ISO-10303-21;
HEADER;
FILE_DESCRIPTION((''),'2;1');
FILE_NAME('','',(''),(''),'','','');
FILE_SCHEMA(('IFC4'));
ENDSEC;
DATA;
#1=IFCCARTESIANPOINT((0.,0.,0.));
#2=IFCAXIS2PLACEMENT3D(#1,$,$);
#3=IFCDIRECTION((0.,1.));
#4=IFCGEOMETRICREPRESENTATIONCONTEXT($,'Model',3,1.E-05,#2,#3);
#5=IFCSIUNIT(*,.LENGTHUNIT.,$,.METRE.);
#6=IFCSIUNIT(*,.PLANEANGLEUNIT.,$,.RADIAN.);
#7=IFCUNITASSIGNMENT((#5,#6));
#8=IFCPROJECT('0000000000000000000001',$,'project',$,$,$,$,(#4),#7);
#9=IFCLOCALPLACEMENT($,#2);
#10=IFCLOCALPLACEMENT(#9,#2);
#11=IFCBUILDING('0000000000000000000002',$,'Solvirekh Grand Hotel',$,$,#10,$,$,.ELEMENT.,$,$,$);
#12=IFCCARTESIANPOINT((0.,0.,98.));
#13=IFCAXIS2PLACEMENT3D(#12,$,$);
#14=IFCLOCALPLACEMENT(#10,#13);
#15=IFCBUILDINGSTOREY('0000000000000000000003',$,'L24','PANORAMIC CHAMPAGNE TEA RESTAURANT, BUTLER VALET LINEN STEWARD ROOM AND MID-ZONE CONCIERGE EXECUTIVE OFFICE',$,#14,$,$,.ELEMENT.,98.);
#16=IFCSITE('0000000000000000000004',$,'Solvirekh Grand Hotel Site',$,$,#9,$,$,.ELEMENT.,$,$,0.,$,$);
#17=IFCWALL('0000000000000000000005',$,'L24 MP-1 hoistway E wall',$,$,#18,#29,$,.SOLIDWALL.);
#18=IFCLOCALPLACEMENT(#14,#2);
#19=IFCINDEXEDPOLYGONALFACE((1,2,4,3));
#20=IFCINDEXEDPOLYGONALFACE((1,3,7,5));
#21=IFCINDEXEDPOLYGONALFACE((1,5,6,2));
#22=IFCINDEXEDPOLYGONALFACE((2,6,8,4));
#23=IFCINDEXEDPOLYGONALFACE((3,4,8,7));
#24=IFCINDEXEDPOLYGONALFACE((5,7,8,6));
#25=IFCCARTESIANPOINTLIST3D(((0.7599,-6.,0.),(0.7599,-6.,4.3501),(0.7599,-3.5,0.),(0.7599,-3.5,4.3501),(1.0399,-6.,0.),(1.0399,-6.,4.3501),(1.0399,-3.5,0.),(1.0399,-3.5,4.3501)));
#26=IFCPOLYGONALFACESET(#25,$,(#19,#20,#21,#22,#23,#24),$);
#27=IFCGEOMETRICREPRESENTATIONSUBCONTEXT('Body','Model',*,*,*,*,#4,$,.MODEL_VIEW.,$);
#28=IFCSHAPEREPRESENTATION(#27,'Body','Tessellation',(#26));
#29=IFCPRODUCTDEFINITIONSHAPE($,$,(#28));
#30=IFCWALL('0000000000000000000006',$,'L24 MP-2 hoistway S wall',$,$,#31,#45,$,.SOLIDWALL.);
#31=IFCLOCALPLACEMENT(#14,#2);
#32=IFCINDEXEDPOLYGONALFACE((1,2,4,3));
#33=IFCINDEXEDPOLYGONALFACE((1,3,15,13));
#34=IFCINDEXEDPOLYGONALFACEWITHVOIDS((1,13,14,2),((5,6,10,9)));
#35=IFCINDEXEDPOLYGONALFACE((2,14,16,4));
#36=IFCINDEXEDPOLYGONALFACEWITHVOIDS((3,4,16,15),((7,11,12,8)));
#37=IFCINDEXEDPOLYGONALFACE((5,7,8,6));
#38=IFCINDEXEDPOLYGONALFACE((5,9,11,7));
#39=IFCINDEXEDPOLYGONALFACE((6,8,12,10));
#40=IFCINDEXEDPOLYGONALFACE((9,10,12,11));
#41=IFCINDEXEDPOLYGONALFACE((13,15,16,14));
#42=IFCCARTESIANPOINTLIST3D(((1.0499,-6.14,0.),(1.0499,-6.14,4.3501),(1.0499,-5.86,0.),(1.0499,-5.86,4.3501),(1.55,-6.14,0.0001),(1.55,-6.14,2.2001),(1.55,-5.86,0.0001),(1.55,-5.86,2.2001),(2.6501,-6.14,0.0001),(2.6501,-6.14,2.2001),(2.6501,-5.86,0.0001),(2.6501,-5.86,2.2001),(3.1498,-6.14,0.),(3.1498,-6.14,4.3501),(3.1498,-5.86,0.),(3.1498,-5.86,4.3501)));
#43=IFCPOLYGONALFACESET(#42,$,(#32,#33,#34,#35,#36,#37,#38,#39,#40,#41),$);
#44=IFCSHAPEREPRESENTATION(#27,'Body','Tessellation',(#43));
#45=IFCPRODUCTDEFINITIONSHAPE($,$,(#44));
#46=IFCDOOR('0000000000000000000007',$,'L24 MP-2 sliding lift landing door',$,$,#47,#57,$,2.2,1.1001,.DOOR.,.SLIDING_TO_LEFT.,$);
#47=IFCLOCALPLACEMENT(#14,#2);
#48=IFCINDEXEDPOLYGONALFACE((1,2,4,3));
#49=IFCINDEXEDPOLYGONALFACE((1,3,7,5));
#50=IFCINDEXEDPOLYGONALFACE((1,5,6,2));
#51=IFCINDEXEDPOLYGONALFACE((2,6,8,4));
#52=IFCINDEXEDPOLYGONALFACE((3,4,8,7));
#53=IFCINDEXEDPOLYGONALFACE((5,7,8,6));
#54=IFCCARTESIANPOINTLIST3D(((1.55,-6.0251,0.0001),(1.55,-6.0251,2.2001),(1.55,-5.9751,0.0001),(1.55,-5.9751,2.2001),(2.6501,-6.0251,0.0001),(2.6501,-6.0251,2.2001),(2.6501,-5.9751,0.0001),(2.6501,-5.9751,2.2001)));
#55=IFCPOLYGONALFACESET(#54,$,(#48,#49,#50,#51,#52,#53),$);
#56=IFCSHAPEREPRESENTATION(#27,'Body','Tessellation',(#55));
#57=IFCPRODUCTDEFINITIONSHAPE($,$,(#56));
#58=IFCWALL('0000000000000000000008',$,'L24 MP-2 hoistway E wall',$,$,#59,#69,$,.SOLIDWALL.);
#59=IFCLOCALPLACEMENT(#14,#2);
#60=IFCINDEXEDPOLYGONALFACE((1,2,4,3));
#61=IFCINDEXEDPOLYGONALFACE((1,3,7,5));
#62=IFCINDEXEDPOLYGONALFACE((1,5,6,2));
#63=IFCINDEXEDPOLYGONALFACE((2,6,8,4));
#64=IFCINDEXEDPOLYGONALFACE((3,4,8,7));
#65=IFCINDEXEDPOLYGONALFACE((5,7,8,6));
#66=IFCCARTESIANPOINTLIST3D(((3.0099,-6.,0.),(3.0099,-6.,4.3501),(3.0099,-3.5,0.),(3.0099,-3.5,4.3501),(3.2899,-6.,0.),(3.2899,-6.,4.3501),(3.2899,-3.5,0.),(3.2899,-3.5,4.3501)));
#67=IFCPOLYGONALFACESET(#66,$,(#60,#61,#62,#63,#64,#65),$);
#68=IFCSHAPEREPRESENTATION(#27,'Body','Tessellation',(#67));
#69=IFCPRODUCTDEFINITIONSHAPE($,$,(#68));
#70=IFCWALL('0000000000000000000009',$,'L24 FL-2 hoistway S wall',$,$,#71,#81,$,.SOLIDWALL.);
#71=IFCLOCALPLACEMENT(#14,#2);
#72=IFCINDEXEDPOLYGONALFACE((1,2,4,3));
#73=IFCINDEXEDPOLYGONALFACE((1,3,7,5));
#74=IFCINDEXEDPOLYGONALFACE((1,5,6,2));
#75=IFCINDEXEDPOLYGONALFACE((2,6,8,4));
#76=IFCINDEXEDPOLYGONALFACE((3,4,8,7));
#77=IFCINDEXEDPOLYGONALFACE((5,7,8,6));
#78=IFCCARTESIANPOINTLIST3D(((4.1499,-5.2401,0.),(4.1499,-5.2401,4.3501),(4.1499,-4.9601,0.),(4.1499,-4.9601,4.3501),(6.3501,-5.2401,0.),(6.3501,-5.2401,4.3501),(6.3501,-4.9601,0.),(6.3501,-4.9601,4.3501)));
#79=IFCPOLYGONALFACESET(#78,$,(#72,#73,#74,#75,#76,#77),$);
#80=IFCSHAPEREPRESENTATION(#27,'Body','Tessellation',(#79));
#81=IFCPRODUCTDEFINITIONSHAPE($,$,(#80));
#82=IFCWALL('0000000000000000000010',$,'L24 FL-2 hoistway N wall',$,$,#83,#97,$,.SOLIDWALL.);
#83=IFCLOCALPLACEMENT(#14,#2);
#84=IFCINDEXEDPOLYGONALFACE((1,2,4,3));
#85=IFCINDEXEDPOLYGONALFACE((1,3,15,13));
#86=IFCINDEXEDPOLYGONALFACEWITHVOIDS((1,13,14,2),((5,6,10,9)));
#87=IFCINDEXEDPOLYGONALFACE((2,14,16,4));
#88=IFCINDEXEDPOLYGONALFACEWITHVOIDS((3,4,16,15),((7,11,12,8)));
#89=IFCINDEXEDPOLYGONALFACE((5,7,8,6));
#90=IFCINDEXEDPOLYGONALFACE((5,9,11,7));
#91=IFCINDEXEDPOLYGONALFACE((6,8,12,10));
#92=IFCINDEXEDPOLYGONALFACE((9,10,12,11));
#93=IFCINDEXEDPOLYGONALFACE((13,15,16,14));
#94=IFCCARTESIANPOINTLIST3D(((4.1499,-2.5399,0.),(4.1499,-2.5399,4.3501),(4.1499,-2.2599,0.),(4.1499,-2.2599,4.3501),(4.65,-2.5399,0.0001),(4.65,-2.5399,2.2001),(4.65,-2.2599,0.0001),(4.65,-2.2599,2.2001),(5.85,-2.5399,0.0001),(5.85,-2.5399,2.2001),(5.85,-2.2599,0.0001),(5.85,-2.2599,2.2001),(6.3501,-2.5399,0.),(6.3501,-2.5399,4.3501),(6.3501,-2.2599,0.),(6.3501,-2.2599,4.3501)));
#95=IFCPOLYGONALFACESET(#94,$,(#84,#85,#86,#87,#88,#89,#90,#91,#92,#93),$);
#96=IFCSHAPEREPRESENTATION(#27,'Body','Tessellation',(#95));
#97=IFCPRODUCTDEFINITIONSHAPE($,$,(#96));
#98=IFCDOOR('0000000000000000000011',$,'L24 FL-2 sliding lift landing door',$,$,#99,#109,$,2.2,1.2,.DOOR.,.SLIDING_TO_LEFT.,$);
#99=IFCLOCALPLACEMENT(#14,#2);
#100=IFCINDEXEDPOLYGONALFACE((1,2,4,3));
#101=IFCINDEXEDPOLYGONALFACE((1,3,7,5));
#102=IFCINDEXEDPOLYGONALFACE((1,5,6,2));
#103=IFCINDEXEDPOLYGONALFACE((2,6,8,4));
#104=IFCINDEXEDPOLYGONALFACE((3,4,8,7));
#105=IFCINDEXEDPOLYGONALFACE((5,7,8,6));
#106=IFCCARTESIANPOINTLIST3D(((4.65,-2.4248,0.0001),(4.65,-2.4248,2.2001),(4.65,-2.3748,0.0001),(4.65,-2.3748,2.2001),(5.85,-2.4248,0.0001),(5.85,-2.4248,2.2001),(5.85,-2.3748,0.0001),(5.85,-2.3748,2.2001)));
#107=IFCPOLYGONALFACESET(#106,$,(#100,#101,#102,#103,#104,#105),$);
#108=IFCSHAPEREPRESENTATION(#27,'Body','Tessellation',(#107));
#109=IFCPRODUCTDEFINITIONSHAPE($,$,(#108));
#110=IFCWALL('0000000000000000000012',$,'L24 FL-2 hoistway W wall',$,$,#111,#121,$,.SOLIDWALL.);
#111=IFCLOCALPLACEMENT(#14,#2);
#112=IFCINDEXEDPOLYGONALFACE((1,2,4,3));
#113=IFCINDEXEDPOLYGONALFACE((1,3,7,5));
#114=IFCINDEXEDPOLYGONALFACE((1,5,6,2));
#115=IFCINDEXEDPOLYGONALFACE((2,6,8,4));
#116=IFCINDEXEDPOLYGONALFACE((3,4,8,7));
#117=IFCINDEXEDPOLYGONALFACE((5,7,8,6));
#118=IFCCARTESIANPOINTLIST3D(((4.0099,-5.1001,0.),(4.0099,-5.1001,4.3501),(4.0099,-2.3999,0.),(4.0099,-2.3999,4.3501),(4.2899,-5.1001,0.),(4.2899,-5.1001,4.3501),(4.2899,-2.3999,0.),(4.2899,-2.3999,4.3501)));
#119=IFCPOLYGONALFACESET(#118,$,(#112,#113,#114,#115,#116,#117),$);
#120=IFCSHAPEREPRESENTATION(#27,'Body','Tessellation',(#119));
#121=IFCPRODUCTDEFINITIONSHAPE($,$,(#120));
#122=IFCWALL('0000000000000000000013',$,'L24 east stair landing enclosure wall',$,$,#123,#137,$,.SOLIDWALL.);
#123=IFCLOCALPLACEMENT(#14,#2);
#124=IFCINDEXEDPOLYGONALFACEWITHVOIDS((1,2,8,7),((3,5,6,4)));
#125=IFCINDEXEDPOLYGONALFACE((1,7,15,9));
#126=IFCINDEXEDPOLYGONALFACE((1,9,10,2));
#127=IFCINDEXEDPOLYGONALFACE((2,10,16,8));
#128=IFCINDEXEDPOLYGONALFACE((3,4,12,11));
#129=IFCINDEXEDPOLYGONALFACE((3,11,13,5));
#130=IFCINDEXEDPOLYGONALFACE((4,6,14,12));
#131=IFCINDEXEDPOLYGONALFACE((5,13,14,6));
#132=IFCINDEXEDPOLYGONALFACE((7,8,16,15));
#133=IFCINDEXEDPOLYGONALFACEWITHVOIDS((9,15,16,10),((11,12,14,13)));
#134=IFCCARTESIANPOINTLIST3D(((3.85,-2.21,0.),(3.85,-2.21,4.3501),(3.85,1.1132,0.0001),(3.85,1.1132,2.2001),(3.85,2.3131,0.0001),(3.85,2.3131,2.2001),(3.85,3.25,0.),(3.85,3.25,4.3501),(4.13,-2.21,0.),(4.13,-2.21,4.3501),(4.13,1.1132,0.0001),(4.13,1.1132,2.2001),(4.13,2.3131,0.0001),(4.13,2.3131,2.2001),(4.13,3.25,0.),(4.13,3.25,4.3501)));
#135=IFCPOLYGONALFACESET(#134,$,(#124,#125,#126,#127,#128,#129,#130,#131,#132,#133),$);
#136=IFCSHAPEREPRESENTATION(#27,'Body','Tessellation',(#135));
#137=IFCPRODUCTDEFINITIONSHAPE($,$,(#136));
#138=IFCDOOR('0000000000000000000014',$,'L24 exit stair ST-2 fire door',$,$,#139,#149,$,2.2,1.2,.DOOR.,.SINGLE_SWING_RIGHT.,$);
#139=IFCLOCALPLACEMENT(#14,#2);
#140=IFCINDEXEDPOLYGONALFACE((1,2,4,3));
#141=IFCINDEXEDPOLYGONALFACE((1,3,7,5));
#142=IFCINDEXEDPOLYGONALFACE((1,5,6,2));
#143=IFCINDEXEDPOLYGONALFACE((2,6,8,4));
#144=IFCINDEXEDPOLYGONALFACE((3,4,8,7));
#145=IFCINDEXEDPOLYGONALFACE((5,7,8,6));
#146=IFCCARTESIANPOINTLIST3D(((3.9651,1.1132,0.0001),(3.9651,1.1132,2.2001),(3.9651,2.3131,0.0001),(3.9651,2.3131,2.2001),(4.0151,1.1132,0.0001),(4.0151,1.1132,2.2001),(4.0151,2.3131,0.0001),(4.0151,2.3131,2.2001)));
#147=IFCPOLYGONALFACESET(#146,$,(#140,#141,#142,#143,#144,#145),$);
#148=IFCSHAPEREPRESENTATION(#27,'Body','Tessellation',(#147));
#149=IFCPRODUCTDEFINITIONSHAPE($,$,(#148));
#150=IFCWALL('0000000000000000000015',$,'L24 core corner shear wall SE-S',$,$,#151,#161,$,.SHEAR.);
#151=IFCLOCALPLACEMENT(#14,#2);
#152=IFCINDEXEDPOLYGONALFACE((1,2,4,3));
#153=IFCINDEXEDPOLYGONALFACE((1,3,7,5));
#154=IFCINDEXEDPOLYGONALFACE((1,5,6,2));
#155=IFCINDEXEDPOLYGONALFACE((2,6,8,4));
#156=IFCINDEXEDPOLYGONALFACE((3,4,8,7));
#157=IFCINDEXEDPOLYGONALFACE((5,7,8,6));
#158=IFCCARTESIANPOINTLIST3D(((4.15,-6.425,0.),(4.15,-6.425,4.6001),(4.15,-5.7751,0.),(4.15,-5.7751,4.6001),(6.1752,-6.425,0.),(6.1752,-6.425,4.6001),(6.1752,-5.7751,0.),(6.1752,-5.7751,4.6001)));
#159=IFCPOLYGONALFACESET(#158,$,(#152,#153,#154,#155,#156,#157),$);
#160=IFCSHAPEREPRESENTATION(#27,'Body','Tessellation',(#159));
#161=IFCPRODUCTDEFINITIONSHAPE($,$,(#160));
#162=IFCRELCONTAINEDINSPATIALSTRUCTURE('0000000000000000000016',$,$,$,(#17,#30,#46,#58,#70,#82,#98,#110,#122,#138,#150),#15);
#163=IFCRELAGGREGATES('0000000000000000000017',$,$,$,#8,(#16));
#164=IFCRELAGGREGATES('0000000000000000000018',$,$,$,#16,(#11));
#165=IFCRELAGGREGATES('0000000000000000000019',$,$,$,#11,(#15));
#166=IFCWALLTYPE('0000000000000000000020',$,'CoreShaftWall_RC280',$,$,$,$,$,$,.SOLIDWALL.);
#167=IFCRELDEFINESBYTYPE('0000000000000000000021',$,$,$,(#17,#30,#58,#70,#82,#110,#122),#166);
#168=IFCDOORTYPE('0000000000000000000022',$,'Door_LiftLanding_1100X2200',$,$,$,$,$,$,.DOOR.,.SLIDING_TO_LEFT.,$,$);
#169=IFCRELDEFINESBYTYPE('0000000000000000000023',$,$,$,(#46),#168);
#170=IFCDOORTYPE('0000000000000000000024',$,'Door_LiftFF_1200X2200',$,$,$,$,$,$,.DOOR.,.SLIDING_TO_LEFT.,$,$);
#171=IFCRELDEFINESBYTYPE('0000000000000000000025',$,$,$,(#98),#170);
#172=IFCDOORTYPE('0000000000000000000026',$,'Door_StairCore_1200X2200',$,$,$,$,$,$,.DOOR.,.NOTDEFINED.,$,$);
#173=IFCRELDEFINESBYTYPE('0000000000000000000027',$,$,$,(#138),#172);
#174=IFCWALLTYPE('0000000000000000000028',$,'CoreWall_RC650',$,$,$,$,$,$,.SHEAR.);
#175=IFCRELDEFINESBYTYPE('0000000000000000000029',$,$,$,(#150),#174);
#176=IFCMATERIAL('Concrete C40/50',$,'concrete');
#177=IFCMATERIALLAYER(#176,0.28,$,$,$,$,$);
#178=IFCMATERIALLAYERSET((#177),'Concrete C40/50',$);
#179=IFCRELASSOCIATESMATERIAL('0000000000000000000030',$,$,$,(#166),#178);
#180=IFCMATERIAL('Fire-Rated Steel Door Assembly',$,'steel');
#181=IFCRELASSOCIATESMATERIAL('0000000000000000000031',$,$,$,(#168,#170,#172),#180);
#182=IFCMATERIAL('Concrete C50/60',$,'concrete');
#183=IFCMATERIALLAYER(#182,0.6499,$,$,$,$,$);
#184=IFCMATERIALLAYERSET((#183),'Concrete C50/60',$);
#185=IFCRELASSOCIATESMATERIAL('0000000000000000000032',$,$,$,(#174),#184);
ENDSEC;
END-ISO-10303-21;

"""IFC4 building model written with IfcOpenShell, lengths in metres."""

from ifc_helpers import new_model, si_unit, direction, frame, frame_2d, origin, place, context, subcontext, project, spatial, rectangle, extrude, material, layer, layer_set, type_object, element, fill, save


model = new_model("IFC4")

# Units and contexts
model_context = context("Model", 3, precision=1e-05, world=origin(), true_north=direction((0.0, 1.0)))
body_context = subcontext(model_context, "Body", "Model", "MODEL_VIEW")
ifc_project = project(units=[si_unit("LENGTHUNIT", "METRE"), si_unit("PLANEANGLEUNIT", "RADIAN")], contexts=[model_context])

# Site, building, storey
site_placement = place(None, origin())
site = spatial("IfcSite", under=ifc_project, at=site_placement, Name="Solvirekh Grand Hotel Site", CompositionType="ELEMENT", RefElevation=0.0)
building_placement = place(site_placement, origin())
building = spatial("IfcBuilding", under=site, at=building_placement, Name="Solvirekh Grand Hotel", CompositionType="ELEMENT")
storey_placement = place(building_placement, frame((0.0, 0.0, 98.0)))
storey = spatial("IfcBuildingStorey", under=building, at=storey_placement, Name="L24", Description="PANORAMIC CHAMPAGNE TEA RESTAURANT, BUTLER VALET LINEN STEWARD ROOM AND MID-ZONE CONCIERGE EXECUTIVE OFFICE", CompositionType="ELEMENT", Elevation=98.0)

# Shared definitions
ifc_material_1 = material(Name="Concrete C50/60", Category="concrete")

# Wall
ifc_material_2 = material(Name="Concrete C40/50", Category="concrete")
ifc_layer_1 = layer(ifc_material_2, 0.28)
ifc_layer_set_1 = layer_set([ifc_layer_1], Name="Concrete C40/50")
wall_type_1 = type_object("IfcWallType", Name="CoreShaftWall_RC280", PredefinedType="SOLIDWALL", material=ifc_layer_set_1)
wall_1_placement = place(storey_placement, frame((0.8999, -6.0, 0.0), z_axis=(0.0, 0.0, 1.0), x_axis=(0.0, 1.0, 0.0)))
element("IfcWall", 1, at=wall_1_placement, inside=storey, type_object=wall_type_1, Name="L24 MP-1 hoistway E wall", PredefinedType="SOLIDWALL", context=body_context, shape_type="SweptSolid", body=[
    extrude(rectangle(XDim=2.5, YDim=0.28, at=frame_2d((1.25, 0.0))), origin(), (0.0, 0.0, 1.0), 4.3501),
])

# Wall, opening, door
wall_2_placement = place(storey_placement, frame((1.05, -6.0, 0.0), z_axis=(0.0, 0.0, 1.0), x_axis=(1.0, 0.0, 0.0)))
wall_2 = element("IfcWall", 2, at=wall_2_placement, inside=storey, type_object=wall_type_1, Name="L24 MP-2 hoistway S wall", PredefinedType="SOLIDWALL", context=body_context, shape_type="SweptSolid", body=[
    extrude(rectangle(XDim=2.0999, YDim=0.28, at=frame_2d((1.0498, 0.0))), origin(), (0.0, 0.0, 1.0), 4.3501),
])
opening_1_placement = place(wall_2_placement, frame((0.5, 0.0, 0.0)))
opening_1 = element("IfcOpeningElement", 3, at=opening_1_placement, cuts=wall_2, PredefinedType="OPENING", context=body_context, shape_type="SweptSolid", body=[
    extrude(rectangle(XDim=1.1001, YDim=2.2, at=frame_2d((0.55, 1.1001))), frame((0.0, 0.1499, 0.0), z_axis=(0.0, -1.0, 0.0), x_axis=(1.0, 0.0, 0.0)), (0.0, 0.0, 1.0), 0.3),
])
ifc_material_3 = material(Name="Fire-Rated Steel Door Assembly", Category="steel")
door_type_1 = type_object("IfcDoorType", Name="Door_LiftLanding_1100X2200", OperationType="SLIDING_TO_LEFT", PredefinedType="DOOR", material=ifc_material_3)
door_1_placement = place(opening_1_placement, origin())
door_1 = element("IfcDoor", 4, at=door_1_placement, inside=storey, type_object=door_type_1, Name="L24 MP-2 sliding lift landing door", OperationType="SLIDING_TO_LEFT", OverallHeight=2.2, OverallWidth=1.1001, PredefinedType="DOOR", context=body_context, shape_type="SweptSolid", body=[
    extrude(rectangle(XDim=1.1001, YDim=2.2, at=frame_2d((0.55, 1.1001))), frame((0.0, 0.0249, 0.0), z_axis=(0.0, -1.0, 0.0), x_axis=(1.0, 0.0, 0.0)), (0.0, 0.0, 1.0), 0.05),
])
fill(opening_1, door_1)

# Walls
wall_3_placement = place(storey_placement, frame((3.1499, -6.0, 0.0), z_axis=(0.0, 0.0, 1.0), x_axis=(0.0, 1.0, 0.0)))
element("IfcWall", 5, at=wall_3_placement, inside=storey, type_object=wall_type_1, Name="L24 MP-2 hoistway E wall", PredefinedType="SOLIDWALL", context=body_context, shape_type="SweptSolid", body=[
    extrude(rectangle(XDim=2.5, YDim=0.28, at=frame_2d((1.25, 0.0))), origin(), (0.0, 0.0, 1.0), 4.3501),
])
wall_4_placement = place(storey_placement, frame((4.1499, -5.1001, 0.0), z_axis=(0.0, 0.0, 1.0), x_axis=(1.0, 0.0, 0.0)))
element("IfcWall", 6, at=wall_4_placement, inside=storey, type_object=wall_type_1, Name="L24 FL-2 hoistway S wall", PredefinedType="SOLIDWALL", context=body_context, shape_type="SweptSolid", body=[
    extrude(rectangle(XDim=2.2002, YDim=0.28, at=frame_2d((1.1001, 0.0))), origin(), (0.0, 0.0, 1.0), 4.3501),
])

# Wall, opening, door
wall_5_placement = place(storey_placement, frame((6.3501, -2.3999, 0.0), z_axis=(0.0, 0.0, 1.0), x_axis=(-1.0, 0.0, 0.0)))
wall_5 = element("IfcWall", 7, at=wall_5_placement, inside=storey, type_object=wall_type_1, Name="L24 FL-2 hoistway N wall", PredefinedType="SOLIDWALL", context=body_context, shape_type="SweptSolid", body=[
    extrude(rectangle(XDim=2.2002, YDim=0.28, at=frame_2d((1.1001, 0.0))), origin(), (0.0, 0.0, 1.0), 4.3501),
])
opening_2_placement = place(wall_5_placement, frame((0.5, 0.0, 0.0)))
opening_2 = element("IfcOpeningElement", 8, at=opening_2_placement, cuts=wall_5, PredefinedType="OPENING", context=body_context, shape_type="SweptSolid", body=[
    extrude(rectangle(XDim=1.2, YDim=2.2, at=frame_2d((0.6001, 1.1001))), frame((0.0, 0.1499, 0.0), z_axis=(0.0, -1.0, 0.0), x_axis=(1.0, 0.0, 0.0)), (0.0, 0.0, 1.0), 0.3),
])
door_type_2 = type_object("IfcDoorType", Name="Door_LiftFF_1200X2200", OperationType="SLIDING_TO_LEFT", PredefinedType="DOOR", material=ifc_material_3)
door_2_placement = place(opening_2_placement, origin())
door_2 = element("IfcDoor", 9, at=door_2_placement, inside=storey, type_object=door_type_2, Name="L24 FL-2 sliding lift landing door", OperationType="SLIDING_TO_LEFT", OverallHeight=2.2, OverallWidth=1.2, PredefinedType="DOOR", context=body_context, shape_type="SweptSolid", body=[
    extrude(rectangle(XDim=1.2, YDim=2.2, at=frame_2d((0.6001, 1.1001))), frame((0.0, 0.0249, 0.0), z_axis=(0.0, -1.0, 0.0), x_axis=(1.0, 0.0, 0.0)), (0.0, 0.0, 1.0), 0.05),
])
fill(opening_2, door_2)

# Wall
wall_6_placement = place(storey_placement, frame((4.1499, -2.3999, 0.0), z_axis=(0.0, 0.0, 1.0), x_axis=(0.0, -1.0, 0.0)))
element("IfcWall", 10, at=wall_6_placement, inside=storey, type_object=wall_type_1, Name="L24 FL-2 hoistway W wall", PredefinedType="SOLIDWALL", context=body_context, shape_type="SweptSolid", body=[
    extrude(rectangle(XDim=2.7002, YDim=0.28, at=frame_2d((1.3501, 0.0))), origin(), (0.0, 0.0, 1.0), 4.3501),
])

# Wall, opening, door
wall_7_placement = place(storey_placement, frame((3.99, -2.21, 0.0), z_axis=(0.0, 0.0, 1.0), x_axis=(0.0, 1.0, 0.0)))
wall_7 = element("IfcWall", 11, at=wall_7_placement, inside=storey, type_object=wall_type_1, Name="L24 east stair landing enclosure wall", PredefinedType="SOLIDWALL", context=body_context, shape_type="SweptSolid", body=[
    extrude(rectangle(XDim=5.46, YDim=0.28, at=frame_2d((2.73, 0.0))), origin(), (0.0, 0.0, 1.0), 4.3501),
])
opening_3_placement = place(wall_7_placement, frame((3.323, 0.0, 0.0)))
opening_3 = element("IfcOpeningElement", 12, at=opening_3_placement, cuts=wall_7, PredefinedType="OPENING", context=body_context, shape_type="SweptSolid", body=[
    extrude(rectangle(XDim=1.2, YDim=2.2, at=frame_2d((0.6001, 1.1001))), frame((0.0, 0.1499, 0.0), z_axis=(0.0, -1.0, 0.0), x_axis=(1.0, 0.0, 0.0)), (0.0, 0.0, 1.0), 0.3),
])
door_type_3 = type_object("IfcDoorType", Name="Door_StairCore_1200X2200", OperationType="NOTDEFINED", PredefinedType="DOOR", material=ifc_material_3)
door_3_placement = place(opening_3_placement, origin())
door_3 = element("IfcDoor", 13, at=door_3_placement, inside=storey, type_object=door_type_3, Name="L24 exit stair ST-2 fire door", OperationType="SINGLE_SWING_RIGHT", OverallHeight=2.2, OverallWidth=1.2, PredefinedType="DOOR", context=body_context, shape_type="SweptSolid", body=[
    extrude(rectangle(XDim=1.2, YDim=2.2, at=frame_2d((0.6001, 1.1001))), frame((0.0, 0.0249, 0.0), z_axis=(0.0, -1.0, 0.0), x_axis=(1.0, 0.0, 0.0)), (0.0, 0.0, 1.0), 0.05),
])
fill(opening_3, door_3)

# Wall
ifc_layer_2 = layer(ifc_material_1, 0.6499)
ifc_layer_set_2 = layer_set([ifc_layer_2], Name="Concrete C50/60")
wall_type_2 = type_object("IfcWallType", Name="CoreWall_RC650", PredefinedType="SHEAR", material=ifc_layer_set_2)
wall_8_placement = place(storey_placement, frame((4.1499, -6.1001, 0.0), z_axis=(0.0, 0.0, 1.0), x_axis=(1.0, 0.0, 0.0)))
element("IfcWall", 14, at=wall_8_placement, inside=storey, type_object=wall_type_2, Name="L24 core corner shear wall SE-S", PredefinedType="SHEAR", context=body_context, shape_type="SweptSolid", body=[
    extrude(rectangle(XDim=2.0251, YDim=0.6499, at=frame_2d((1.0127, 0.0))), origin(), (0.0, 0.0, 1.0), 4.6001),
])

save(model, "model.ifc")
